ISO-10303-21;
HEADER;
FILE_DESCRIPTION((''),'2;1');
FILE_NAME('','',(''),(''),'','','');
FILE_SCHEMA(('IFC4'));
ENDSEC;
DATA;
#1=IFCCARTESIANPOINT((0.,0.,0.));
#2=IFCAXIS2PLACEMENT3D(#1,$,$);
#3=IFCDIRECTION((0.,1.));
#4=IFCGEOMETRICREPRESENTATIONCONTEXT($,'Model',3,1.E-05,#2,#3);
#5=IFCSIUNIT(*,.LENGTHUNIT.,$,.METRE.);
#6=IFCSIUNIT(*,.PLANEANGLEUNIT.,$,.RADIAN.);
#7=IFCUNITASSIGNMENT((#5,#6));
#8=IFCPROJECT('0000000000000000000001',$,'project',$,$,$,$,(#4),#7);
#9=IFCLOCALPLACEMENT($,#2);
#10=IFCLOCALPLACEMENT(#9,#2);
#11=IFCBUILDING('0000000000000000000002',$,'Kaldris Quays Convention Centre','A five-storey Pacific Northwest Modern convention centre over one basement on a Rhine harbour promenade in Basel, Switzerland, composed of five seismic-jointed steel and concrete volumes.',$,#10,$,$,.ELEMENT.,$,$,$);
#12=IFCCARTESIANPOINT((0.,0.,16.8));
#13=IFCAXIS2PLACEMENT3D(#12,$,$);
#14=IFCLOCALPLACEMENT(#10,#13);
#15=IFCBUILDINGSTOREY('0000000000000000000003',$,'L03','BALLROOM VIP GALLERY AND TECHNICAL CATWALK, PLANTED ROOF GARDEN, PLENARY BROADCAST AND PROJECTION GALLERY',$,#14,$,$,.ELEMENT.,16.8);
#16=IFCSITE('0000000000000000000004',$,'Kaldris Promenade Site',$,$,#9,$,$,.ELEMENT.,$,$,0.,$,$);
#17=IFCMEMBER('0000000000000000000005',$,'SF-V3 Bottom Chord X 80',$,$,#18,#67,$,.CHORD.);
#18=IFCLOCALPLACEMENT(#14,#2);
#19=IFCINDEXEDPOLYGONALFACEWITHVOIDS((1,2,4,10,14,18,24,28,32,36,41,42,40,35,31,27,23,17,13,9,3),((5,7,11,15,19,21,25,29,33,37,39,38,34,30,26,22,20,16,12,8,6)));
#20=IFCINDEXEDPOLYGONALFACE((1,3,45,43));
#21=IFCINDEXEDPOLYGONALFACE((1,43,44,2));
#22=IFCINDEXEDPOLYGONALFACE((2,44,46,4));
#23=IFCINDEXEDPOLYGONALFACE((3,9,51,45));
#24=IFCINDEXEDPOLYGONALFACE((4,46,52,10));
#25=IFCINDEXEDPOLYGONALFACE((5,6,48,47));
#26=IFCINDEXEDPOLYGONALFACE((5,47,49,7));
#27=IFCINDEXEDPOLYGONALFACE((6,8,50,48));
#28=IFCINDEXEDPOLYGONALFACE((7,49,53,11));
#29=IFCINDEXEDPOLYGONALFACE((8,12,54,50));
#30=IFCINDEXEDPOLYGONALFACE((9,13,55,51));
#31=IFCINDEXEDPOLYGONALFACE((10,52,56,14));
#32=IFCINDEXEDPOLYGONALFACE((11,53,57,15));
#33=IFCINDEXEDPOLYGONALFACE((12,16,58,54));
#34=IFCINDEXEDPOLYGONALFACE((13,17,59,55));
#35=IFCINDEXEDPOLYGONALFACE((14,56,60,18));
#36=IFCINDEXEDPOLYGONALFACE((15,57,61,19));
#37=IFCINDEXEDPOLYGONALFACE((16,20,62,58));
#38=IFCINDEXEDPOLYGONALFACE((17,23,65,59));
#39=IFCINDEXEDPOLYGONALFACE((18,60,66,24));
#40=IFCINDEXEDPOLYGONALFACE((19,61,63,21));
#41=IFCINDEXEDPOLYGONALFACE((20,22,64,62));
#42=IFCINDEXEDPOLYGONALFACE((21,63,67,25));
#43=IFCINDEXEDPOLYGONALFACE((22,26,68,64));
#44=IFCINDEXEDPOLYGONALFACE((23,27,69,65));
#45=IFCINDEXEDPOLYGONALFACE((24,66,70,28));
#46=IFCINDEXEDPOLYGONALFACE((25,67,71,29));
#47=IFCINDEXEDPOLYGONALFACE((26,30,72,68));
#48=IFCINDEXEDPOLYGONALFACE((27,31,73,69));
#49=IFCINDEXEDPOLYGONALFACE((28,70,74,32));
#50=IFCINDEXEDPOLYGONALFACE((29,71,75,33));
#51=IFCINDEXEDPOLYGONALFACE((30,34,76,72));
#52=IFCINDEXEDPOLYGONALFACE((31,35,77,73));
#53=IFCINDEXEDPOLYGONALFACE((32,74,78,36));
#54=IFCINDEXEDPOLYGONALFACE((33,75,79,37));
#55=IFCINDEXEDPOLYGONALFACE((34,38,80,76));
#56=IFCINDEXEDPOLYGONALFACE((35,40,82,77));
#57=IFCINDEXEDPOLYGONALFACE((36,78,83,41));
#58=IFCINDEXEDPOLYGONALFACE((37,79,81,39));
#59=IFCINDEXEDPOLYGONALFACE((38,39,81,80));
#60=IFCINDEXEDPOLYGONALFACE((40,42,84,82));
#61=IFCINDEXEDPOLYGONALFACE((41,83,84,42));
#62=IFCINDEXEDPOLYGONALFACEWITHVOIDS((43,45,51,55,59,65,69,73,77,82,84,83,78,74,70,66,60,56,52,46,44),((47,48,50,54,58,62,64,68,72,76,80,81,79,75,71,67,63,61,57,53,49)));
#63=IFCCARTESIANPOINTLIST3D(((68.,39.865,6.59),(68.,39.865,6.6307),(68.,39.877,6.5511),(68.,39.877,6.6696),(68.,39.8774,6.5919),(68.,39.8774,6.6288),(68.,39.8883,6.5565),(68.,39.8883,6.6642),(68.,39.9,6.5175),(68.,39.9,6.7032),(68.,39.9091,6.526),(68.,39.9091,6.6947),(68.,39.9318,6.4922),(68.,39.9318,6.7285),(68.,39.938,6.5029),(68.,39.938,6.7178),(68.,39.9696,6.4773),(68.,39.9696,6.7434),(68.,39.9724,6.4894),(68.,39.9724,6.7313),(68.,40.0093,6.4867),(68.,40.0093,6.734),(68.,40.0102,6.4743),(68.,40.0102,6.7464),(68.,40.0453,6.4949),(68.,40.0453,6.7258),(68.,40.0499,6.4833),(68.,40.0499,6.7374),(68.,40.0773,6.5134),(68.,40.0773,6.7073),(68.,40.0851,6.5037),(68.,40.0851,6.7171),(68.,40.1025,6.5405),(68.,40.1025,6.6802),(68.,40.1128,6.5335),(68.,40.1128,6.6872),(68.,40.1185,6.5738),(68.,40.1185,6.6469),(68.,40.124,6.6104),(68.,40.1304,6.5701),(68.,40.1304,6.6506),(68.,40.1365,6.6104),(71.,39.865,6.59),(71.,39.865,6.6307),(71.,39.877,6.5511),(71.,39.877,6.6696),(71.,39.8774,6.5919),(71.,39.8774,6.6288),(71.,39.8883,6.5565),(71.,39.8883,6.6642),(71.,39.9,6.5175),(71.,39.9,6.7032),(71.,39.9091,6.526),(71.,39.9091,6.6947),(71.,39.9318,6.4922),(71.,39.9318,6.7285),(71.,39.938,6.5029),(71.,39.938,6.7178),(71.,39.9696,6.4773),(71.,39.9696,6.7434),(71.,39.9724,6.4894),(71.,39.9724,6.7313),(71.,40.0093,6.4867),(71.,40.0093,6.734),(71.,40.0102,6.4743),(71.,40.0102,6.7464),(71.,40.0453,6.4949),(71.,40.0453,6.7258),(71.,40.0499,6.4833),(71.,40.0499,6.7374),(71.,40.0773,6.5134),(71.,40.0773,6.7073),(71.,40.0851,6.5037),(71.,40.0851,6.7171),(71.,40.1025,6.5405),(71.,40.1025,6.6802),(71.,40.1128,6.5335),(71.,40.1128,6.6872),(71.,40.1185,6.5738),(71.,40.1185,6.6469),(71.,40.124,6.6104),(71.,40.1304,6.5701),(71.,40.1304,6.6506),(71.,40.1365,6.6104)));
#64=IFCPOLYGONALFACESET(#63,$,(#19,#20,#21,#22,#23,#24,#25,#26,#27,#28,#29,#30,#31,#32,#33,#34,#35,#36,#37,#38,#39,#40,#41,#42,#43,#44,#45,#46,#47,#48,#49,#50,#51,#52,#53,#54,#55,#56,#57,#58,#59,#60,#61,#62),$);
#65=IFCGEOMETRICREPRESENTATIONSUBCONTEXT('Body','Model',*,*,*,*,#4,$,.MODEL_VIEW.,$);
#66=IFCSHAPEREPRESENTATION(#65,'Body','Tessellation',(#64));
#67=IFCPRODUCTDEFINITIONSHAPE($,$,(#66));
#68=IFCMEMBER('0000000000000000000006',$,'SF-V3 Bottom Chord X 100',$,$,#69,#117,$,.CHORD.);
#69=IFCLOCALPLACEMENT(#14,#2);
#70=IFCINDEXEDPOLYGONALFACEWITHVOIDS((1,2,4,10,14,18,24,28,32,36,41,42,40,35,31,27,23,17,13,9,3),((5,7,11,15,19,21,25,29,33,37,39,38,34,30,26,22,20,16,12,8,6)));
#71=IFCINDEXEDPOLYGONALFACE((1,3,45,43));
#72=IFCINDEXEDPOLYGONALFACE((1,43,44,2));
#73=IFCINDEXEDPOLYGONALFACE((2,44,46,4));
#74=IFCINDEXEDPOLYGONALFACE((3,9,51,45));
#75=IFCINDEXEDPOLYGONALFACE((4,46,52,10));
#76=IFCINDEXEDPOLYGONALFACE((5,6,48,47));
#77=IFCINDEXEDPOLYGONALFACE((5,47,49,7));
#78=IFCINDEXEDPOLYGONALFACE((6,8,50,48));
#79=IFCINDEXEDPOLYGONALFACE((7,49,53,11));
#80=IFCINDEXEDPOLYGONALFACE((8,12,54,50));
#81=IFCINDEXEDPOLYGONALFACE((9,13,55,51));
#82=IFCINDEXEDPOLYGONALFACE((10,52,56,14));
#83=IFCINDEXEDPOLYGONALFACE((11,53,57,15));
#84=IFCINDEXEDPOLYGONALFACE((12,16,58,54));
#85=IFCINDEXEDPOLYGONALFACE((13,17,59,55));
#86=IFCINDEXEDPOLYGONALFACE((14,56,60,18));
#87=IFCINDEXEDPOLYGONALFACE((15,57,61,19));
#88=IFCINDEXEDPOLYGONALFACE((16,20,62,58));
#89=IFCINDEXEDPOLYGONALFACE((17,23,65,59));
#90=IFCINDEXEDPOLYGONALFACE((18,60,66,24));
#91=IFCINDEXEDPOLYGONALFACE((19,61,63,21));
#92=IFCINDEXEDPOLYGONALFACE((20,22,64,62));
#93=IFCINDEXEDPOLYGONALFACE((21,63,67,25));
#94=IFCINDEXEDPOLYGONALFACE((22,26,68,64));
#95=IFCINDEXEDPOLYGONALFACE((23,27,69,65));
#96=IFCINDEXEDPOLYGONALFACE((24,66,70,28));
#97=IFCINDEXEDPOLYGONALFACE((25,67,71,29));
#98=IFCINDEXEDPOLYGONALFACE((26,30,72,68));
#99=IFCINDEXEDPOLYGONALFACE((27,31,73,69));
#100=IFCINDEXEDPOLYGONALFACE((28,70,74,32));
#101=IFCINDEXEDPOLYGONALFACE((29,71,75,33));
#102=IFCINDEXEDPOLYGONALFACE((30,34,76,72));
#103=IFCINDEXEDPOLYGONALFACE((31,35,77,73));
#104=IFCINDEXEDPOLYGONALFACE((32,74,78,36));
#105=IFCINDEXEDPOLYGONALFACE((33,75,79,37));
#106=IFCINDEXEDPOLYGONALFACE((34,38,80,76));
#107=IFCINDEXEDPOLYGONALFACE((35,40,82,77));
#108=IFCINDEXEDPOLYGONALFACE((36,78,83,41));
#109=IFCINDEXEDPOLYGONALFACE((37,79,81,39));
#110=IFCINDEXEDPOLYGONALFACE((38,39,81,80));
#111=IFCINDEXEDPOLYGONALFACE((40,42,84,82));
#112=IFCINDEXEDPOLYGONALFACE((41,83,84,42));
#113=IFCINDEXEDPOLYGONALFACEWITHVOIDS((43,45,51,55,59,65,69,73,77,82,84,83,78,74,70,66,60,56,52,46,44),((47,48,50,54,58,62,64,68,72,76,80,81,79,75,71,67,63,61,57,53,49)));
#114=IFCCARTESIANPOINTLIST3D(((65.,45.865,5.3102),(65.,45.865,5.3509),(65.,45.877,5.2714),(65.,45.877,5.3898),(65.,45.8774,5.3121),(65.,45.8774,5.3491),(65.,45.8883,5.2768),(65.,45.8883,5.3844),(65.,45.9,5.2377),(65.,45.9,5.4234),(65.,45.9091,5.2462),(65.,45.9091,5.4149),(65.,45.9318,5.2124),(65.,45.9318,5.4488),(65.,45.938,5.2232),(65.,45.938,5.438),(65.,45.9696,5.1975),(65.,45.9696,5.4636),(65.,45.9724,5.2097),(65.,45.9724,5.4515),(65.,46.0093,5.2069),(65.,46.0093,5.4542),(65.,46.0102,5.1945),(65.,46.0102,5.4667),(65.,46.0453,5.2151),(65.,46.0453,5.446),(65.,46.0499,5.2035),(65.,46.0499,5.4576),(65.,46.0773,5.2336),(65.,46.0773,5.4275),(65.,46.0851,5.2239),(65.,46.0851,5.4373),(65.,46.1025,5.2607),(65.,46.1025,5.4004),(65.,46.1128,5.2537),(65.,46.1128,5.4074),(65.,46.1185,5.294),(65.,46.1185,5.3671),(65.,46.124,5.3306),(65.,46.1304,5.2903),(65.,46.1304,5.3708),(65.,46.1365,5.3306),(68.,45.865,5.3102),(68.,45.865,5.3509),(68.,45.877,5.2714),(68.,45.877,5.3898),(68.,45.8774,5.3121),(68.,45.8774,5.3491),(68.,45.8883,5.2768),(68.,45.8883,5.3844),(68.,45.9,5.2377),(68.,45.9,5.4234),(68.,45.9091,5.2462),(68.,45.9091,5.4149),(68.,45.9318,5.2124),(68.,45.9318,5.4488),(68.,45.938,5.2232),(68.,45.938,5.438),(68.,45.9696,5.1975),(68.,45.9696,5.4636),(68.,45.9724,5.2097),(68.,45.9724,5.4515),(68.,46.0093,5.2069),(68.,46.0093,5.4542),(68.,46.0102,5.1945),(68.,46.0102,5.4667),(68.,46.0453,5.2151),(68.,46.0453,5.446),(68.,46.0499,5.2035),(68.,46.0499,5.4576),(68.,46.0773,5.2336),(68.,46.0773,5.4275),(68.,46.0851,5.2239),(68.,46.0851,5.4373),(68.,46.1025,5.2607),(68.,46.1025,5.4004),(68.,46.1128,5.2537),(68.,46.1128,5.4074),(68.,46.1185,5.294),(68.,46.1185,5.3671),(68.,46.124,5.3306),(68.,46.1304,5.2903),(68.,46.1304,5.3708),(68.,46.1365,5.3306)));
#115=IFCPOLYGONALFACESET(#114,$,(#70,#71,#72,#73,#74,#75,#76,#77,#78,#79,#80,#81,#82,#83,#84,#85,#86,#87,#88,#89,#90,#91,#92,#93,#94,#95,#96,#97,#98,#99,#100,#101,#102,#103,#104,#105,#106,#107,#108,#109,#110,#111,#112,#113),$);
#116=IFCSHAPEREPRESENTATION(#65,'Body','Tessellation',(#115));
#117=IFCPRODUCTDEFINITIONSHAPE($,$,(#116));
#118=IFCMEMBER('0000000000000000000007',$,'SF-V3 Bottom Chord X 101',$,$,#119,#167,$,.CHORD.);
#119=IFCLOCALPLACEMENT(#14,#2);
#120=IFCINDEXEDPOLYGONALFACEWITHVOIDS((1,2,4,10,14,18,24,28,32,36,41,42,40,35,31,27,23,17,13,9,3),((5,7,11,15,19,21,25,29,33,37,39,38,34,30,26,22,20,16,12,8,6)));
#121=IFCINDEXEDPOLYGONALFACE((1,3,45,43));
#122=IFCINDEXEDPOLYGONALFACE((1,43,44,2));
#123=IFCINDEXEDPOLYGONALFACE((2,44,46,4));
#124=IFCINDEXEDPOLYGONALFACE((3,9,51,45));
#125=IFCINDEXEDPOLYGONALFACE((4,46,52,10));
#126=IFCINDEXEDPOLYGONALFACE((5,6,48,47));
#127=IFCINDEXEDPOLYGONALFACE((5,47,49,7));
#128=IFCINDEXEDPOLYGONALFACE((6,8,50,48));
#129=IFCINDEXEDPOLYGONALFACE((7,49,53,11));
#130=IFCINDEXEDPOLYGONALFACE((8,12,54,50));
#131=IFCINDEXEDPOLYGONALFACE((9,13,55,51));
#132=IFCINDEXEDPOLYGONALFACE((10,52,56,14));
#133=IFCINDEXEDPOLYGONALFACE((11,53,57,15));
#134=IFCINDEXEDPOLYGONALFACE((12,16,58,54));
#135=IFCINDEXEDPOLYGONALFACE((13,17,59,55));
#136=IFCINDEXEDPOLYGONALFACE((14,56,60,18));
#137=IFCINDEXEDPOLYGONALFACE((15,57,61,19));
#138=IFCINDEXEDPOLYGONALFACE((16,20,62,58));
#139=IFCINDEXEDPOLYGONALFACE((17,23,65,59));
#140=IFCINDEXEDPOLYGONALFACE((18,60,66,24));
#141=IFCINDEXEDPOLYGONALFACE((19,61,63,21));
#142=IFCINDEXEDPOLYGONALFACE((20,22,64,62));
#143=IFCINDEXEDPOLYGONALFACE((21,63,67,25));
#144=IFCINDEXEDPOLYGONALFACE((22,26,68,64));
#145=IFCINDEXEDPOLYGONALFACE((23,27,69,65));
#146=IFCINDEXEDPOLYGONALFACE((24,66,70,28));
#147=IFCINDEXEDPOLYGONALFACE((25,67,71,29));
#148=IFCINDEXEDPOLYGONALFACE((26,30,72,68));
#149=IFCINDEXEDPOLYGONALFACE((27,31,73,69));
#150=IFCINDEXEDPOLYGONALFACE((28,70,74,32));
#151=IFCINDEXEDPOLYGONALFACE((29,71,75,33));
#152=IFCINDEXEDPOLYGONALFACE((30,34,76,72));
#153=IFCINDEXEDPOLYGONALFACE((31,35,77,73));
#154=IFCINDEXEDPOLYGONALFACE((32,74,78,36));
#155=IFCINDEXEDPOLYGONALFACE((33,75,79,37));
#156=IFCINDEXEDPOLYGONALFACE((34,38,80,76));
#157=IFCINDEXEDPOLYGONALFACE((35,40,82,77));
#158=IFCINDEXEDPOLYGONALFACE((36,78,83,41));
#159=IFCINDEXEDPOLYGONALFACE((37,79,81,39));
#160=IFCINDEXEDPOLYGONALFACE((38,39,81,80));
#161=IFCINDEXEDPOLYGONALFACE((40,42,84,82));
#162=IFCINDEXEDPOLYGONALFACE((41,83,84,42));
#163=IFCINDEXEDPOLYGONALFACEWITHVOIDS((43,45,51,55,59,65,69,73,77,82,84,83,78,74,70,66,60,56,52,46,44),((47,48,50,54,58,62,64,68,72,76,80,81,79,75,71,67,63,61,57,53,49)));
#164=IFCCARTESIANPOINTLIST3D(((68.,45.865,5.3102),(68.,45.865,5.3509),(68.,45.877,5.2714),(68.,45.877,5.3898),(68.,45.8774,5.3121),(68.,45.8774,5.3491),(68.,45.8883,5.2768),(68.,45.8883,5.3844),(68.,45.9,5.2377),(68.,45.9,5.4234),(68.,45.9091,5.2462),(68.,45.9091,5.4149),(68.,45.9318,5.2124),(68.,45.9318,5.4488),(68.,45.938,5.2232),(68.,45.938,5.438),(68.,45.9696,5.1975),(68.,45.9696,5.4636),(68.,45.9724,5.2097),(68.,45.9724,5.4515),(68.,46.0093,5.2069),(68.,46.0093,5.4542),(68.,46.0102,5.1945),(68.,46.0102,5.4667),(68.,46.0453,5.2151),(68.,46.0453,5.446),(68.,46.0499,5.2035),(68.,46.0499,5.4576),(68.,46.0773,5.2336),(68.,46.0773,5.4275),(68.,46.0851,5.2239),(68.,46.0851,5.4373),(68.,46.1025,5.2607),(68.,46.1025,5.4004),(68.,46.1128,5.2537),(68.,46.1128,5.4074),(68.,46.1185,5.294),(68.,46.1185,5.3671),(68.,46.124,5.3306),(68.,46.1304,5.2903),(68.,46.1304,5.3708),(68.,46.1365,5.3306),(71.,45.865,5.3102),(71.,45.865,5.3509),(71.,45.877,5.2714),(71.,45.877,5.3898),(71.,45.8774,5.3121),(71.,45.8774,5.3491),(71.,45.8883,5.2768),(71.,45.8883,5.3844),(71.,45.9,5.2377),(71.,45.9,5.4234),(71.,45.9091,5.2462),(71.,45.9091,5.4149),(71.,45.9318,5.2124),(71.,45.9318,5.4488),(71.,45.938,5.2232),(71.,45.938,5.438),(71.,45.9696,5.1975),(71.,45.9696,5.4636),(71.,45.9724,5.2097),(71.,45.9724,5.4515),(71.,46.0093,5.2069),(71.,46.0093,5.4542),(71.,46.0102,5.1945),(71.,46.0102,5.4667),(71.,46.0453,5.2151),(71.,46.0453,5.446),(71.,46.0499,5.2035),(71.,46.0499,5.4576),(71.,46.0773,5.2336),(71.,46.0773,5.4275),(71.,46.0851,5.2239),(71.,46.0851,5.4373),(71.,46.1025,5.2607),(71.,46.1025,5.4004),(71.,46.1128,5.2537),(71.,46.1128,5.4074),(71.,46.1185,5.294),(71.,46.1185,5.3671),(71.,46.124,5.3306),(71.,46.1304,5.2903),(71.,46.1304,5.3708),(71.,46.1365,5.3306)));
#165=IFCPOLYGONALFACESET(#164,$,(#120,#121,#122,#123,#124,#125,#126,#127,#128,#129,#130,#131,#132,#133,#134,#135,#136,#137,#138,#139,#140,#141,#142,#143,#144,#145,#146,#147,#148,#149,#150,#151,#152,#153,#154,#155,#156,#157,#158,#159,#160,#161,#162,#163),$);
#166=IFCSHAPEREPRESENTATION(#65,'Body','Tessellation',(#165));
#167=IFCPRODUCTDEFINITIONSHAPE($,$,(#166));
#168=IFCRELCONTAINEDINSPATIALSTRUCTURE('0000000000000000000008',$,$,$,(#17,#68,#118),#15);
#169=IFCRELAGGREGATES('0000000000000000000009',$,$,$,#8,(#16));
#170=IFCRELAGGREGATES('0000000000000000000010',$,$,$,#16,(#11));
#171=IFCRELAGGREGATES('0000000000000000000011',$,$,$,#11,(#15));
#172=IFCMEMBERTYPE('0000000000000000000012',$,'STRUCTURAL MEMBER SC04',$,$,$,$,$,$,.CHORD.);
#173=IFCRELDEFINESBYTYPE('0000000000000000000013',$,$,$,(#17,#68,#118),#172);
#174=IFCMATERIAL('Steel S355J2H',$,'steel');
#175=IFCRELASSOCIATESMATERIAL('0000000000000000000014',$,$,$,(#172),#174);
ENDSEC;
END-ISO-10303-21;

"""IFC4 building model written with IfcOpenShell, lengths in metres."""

from ifc_helpers import new_model, si_unit, direction, frame, origin, origin_2d, place, context, subcontext, project, spatial, hollow_circle, extrude, material, material_profile, profile_set, type_object, element, save


model = new_model("IFC4")

# Units and contexts
model_context = context("Model", 3, precision=1e-05, world=origin(), true_north=direction((0.0, 1.0)))
body_context = subcontext(model_context, "Body", "Model", "MODEL_VIEW")
ifc_project = project(units=[si_unit("LENGTHUNIT", "METRE"), si_unit("PLANEANGLEUNIT", "RADIAN")], contexts=[model_context])

# Site, building, storey
site_placement = place(None, origin())
site = spatial("IfcSite", under=ifc_project, at=site_placement, Name="Kaldris Promenade Site", CompositionType="ELEMENT", RefElevation=0.0)
building_placement = place(site_placement, origin())
building = spatial("IfcBuilding", under=site, at=building_placement, Name="Kaldris Quays Convention Centre", Description="A five-storey Pacific Northwest Modern convention centre over one basement on a Rhine harbour promenade in Basel, Switzerland, composed of five seismic-jointed steel and concrete volumes.", CompositionType="ELEMENT")
storey_placement = place(building_placement, frame((0.0, 0.0, 16.8)))
storey = spatial("IfcBuildingStorey", under=building, at=storey_placement, Name="L03", Description="BALLROOM VIP GALLERY AND TECHNICAL CATWALK, PLANTED ROOF GARDEN, PLENARY BROADCAST AND PROJECTION GALLERY", CompositionType="ELEMENT", Elevation=16.8)

# Members
ifc_material_1 = material(Name="Steel S355J2H", Category="steel")
ifc_material_profile_1 = material_profile(ifc_material_1, hollow_circle(Radius=0.1365, WallThickness=0.0125, at=origin_2d()), Name="CHS 273x12.5")
ifc_profile_set_1 = profile_set([ifc_material_profile_1], Name="Steel S355J2H")
member_type_1 = type_object("IfcMemberType", Name="STRUCTURAL MEMBER SC04", PredefinedType="CHORD", material=ifc_profile_set_1)
for number, where, z_axis, x_axis, name in (
    (1, (68.0, 40.0, 6.6104), (1.0, 0.0, 0.0), (0.0, 1.0, 0.0), "SF-V3 Bottom Chord X 80"),
    (2, (65.0, 46.0, 5.3306), (1.0, 0.0, 0.0), (0.0, 1.0, 0.0), "SF-V3 Bottom Chord X 100"),
    (3, (68.0, 46.0, 5.3306), (1.0, 0.0, 0.0), (0.0, 1.0, 0.0), "SF-V3 Bottom Chord X 101"),
):
    element("IfcMember", number, at=place(storey_placement, frame(where, z_axis=z_axis, x_axis=x_axis)), inside=storey, type_object=member_type_1, Name=name, PredefinedType="CHORD", context=body_context, shape_type="SweptSolid", body=[
        extrude(hollow_circle(Radius=0.1365, WallThickness=0.0125, at=origin_2d()), origin(), (0.0, 0.0, 1.0), 3.0),
    ])

save(model, "model.ifc")
